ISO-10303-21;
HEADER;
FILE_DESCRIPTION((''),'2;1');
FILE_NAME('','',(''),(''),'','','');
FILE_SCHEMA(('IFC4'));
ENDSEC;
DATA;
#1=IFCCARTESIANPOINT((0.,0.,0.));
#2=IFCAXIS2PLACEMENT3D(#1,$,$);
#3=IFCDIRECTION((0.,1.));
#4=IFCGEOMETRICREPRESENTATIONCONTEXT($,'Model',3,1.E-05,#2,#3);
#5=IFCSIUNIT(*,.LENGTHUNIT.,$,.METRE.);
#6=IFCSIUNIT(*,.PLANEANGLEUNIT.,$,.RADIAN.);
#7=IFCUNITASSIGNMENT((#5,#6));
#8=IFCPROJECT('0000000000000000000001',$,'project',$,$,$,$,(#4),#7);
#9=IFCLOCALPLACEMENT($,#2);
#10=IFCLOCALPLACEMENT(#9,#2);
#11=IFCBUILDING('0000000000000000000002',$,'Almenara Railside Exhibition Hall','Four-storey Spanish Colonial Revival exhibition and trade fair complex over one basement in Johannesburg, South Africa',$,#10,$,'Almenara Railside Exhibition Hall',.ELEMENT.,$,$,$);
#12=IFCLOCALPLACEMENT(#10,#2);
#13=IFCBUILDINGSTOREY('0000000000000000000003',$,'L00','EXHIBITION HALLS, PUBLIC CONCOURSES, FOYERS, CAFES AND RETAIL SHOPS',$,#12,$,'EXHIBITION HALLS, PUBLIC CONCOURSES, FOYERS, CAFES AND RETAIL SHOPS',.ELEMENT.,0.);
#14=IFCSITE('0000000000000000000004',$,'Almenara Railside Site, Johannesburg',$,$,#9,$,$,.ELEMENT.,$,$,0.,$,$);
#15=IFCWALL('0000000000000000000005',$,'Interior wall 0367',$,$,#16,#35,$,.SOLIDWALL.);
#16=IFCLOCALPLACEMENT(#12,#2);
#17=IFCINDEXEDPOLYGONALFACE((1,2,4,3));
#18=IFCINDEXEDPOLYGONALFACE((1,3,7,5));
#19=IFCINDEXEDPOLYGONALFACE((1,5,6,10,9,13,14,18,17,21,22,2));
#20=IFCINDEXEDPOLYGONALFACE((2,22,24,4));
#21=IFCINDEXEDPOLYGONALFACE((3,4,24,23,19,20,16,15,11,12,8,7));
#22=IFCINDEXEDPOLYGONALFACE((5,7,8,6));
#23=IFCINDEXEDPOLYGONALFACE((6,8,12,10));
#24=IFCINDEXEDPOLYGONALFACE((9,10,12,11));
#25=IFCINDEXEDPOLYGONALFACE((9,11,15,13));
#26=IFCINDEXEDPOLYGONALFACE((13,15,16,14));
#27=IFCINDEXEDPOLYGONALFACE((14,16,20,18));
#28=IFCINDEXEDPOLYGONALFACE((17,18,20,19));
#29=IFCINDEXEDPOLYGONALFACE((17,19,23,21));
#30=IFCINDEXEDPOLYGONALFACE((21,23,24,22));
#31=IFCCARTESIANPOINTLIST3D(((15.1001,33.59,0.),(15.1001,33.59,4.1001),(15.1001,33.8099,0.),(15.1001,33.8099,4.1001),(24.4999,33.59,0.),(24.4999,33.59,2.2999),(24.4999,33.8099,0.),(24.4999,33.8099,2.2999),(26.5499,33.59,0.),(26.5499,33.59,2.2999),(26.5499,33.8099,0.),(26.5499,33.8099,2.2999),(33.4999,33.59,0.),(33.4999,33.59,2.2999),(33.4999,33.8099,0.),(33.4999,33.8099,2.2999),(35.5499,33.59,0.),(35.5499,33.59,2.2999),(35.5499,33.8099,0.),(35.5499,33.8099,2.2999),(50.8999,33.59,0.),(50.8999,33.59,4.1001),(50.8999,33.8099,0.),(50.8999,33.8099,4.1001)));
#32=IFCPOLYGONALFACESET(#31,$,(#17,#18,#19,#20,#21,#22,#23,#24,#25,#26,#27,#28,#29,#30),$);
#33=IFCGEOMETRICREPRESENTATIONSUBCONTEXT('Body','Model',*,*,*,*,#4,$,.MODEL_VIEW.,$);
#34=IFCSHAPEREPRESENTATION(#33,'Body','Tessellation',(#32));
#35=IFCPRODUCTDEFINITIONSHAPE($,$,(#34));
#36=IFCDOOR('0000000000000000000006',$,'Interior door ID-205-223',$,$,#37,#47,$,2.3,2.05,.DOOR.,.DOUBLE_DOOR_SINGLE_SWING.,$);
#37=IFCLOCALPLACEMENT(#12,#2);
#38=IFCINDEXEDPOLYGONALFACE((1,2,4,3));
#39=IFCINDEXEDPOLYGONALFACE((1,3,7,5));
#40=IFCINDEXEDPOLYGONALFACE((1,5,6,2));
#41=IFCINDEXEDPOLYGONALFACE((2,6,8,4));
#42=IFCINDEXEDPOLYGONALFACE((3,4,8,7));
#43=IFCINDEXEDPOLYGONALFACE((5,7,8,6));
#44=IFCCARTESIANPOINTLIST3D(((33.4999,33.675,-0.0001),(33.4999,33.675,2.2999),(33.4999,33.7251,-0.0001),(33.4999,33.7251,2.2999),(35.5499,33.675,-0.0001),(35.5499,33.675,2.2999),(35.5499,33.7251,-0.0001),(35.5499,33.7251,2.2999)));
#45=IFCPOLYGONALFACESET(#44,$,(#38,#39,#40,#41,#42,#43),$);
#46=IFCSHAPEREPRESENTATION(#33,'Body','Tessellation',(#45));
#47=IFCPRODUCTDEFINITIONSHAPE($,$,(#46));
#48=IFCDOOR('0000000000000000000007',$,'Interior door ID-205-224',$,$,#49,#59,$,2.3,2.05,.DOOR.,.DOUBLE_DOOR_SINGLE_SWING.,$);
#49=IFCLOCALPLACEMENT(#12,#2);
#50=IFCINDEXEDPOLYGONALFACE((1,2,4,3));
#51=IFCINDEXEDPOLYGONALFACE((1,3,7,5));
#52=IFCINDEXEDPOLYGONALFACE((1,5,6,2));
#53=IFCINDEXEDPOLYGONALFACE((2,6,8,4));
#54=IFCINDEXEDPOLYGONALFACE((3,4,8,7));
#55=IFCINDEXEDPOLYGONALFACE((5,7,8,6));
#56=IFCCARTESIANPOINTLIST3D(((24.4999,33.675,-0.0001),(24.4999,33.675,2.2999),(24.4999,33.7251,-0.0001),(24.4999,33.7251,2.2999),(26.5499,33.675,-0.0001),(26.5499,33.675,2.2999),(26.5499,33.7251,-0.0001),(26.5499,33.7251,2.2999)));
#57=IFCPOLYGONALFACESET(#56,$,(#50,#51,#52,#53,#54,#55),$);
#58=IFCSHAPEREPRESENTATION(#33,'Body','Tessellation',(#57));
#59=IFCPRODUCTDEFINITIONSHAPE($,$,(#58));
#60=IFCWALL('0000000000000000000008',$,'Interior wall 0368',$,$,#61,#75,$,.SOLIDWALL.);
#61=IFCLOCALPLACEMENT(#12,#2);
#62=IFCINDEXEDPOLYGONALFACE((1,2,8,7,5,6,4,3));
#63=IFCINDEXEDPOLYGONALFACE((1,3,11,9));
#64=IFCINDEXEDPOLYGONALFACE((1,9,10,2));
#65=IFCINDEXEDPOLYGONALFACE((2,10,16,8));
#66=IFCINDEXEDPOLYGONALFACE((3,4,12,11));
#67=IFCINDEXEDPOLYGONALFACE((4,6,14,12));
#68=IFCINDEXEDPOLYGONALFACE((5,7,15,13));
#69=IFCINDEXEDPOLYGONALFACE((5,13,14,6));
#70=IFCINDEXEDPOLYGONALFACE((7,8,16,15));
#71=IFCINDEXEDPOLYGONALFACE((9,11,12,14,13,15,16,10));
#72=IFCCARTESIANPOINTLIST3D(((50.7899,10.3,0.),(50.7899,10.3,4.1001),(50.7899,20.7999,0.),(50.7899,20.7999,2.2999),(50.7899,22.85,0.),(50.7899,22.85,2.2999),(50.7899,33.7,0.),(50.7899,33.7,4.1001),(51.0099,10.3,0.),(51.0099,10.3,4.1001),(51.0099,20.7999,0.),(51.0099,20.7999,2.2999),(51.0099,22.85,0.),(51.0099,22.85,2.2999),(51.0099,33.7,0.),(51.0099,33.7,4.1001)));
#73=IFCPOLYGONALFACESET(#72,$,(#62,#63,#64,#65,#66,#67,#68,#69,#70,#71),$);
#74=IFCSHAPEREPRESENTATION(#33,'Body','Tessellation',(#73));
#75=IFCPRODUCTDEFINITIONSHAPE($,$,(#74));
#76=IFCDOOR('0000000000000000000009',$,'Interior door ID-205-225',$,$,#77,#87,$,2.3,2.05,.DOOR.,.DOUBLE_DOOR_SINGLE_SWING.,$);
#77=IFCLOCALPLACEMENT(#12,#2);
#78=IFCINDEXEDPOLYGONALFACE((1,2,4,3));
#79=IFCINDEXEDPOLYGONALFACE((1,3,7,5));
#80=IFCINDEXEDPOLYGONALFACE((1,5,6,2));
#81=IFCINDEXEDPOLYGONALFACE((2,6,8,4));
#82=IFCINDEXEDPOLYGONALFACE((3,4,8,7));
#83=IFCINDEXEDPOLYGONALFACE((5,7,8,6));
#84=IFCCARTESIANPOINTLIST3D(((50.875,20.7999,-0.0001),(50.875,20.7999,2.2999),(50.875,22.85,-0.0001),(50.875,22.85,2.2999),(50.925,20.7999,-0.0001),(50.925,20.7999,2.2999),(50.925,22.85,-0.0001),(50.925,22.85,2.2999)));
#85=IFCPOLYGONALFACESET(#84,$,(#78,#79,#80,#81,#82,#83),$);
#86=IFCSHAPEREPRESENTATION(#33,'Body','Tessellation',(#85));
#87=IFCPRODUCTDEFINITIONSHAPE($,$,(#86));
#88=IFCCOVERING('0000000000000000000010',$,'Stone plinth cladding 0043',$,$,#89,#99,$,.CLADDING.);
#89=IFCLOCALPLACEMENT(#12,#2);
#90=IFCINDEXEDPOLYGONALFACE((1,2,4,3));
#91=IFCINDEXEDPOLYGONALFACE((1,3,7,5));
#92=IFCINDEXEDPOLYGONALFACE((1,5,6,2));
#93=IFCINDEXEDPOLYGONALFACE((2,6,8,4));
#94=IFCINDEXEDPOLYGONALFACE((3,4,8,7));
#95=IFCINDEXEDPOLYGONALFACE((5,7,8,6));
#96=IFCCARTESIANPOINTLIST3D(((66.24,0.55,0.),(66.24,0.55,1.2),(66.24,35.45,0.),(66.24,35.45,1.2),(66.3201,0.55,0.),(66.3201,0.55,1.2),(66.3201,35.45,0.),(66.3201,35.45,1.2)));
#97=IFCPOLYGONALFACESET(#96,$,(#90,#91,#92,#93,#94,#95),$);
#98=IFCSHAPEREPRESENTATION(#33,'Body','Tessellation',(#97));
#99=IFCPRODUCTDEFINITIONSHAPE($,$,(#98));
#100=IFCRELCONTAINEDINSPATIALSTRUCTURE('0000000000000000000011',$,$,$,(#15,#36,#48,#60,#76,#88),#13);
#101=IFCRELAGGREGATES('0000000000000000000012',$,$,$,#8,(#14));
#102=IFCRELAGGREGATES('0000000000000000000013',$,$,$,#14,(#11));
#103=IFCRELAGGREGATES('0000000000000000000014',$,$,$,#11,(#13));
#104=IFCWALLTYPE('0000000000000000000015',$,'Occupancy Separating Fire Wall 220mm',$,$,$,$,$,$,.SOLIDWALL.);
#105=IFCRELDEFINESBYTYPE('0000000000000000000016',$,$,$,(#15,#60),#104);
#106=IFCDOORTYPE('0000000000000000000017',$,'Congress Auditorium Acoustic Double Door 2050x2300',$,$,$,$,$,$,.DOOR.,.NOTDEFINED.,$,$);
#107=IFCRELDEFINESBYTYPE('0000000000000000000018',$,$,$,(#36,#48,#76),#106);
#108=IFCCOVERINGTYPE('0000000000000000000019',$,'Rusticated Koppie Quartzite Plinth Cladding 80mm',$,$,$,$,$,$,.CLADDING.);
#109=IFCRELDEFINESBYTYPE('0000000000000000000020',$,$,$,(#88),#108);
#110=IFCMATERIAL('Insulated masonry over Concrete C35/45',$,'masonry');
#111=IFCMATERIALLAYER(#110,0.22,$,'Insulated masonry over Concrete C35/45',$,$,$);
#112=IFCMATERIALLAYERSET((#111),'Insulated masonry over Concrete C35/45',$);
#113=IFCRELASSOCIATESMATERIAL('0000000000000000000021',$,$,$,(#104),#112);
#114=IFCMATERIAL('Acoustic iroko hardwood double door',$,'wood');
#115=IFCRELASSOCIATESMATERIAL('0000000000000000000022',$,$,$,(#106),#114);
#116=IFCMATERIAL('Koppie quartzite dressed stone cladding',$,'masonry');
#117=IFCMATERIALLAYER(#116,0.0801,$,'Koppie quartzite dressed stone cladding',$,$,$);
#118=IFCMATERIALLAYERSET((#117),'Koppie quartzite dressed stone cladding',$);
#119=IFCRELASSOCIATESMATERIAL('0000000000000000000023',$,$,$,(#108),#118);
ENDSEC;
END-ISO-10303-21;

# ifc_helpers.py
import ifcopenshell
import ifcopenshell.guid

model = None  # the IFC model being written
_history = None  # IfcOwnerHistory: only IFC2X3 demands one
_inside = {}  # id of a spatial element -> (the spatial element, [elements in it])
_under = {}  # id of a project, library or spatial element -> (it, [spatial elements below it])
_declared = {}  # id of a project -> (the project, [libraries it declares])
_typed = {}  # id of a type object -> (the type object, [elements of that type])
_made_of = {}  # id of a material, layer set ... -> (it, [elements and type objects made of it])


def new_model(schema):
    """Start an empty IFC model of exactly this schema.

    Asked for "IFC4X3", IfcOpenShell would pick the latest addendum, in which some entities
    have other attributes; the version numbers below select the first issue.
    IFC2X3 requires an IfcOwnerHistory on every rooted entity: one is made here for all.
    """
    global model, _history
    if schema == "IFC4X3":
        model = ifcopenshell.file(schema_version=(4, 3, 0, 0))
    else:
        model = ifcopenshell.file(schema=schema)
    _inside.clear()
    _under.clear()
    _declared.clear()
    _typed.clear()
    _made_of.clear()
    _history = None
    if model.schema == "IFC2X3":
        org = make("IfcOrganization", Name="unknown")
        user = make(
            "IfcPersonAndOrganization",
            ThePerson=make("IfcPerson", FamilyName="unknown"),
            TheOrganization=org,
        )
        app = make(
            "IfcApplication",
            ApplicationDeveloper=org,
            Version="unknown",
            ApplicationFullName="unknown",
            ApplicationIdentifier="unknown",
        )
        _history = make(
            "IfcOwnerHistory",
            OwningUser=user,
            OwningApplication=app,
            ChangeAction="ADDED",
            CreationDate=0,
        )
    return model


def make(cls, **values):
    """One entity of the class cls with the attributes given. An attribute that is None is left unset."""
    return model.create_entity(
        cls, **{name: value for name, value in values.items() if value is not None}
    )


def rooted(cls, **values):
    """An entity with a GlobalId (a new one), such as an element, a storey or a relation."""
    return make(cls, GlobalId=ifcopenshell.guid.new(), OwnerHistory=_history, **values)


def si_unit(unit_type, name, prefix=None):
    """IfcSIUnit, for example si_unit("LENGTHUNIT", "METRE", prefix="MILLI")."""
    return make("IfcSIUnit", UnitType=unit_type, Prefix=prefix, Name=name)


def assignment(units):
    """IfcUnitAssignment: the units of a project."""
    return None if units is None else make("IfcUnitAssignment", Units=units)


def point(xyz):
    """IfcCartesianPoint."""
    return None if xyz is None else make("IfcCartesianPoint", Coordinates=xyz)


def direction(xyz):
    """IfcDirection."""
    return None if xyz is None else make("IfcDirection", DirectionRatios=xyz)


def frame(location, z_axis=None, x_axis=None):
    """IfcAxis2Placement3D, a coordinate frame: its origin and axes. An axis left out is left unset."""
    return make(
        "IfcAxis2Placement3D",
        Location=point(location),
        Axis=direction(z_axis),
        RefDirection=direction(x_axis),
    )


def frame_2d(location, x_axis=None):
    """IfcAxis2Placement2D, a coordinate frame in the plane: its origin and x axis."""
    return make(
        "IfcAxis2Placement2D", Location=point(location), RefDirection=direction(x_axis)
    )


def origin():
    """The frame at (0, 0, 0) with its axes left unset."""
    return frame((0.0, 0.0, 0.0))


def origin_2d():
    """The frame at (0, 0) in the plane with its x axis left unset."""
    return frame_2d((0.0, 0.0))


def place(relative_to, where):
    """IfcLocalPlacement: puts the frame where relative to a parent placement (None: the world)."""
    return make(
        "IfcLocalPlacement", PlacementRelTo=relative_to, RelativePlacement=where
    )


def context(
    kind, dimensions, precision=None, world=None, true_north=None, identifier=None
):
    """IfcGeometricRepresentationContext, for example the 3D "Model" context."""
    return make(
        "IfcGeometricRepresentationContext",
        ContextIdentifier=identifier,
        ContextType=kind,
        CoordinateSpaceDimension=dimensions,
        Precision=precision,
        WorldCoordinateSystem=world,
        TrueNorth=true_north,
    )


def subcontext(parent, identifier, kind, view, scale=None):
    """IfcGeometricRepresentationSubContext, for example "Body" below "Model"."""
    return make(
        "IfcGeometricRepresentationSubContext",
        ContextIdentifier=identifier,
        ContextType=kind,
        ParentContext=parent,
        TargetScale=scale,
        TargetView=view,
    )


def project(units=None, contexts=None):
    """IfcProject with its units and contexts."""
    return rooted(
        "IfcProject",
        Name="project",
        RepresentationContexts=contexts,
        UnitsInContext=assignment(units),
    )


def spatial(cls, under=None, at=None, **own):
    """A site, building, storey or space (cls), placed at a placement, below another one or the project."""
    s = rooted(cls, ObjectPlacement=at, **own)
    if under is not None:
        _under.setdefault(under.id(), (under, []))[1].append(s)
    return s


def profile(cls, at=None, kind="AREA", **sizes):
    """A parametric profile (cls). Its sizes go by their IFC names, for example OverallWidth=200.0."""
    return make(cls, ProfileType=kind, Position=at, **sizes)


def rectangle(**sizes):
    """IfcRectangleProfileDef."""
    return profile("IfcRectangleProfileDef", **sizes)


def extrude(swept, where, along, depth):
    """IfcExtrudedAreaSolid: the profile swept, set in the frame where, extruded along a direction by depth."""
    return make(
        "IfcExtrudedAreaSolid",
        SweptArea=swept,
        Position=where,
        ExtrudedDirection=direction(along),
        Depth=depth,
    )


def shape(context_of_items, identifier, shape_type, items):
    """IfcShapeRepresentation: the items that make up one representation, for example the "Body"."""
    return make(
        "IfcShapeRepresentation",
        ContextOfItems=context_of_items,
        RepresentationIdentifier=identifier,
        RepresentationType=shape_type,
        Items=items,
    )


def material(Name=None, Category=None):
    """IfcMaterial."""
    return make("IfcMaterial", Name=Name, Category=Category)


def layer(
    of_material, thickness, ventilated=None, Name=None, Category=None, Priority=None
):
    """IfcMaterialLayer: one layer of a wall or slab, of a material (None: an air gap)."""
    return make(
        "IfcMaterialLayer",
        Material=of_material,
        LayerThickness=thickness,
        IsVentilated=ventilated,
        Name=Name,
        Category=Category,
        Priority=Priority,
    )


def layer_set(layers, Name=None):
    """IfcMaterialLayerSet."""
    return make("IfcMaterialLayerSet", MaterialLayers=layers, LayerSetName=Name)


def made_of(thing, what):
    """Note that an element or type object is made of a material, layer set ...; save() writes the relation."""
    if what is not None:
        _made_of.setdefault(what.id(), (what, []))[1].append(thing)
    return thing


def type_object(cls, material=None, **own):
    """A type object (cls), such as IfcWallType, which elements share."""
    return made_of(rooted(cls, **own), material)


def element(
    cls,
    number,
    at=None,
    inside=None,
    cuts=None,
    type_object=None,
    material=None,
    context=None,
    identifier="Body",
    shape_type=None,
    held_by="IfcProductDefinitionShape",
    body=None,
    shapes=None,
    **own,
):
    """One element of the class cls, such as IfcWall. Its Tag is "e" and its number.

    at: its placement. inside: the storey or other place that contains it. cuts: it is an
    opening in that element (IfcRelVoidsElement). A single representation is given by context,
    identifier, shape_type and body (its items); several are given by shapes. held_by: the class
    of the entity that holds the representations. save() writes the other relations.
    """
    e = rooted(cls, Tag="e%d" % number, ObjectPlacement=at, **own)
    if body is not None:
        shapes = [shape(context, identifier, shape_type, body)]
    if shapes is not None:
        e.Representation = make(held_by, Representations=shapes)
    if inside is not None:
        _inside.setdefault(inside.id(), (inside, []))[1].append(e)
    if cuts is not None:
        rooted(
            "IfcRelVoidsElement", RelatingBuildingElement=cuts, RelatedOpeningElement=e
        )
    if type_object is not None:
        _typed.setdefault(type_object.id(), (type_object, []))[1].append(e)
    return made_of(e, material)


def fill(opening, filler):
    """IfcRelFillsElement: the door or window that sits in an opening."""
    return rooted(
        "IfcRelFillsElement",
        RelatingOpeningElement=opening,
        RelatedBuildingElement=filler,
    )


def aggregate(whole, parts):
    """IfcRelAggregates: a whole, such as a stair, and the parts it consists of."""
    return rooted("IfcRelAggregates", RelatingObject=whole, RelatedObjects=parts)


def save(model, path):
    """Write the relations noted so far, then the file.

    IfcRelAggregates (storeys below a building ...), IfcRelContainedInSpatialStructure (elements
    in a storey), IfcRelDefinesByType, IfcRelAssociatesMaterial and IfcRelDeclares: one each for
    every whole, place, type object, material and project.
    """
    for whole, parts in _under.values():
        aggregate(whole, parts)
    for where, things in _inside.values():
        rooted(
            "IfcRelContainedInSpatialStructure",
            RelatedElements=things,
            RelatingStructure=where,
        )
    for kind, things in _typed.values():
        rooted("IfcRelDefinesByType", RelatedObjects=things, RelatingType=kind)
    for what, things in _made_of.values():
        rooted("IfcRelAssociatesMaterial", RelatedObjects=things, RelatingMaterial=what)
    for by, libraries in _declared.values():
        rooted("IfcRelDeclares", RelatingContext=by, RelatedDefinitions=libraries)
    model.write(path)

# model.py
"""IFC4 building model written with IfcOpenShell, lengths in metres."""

from ifc_helpers import new_model, si_unit, direction, frame, frame_2d, origin, origin_2d, place, context, subcontext, project, spatial, rectangle, extrude, material, layer, layer_set, type_object, element, fill, save


model = new_model("IFC4")

# Units and contexts
model_context = context("Model", 3, precision=1e-05, world=origin(), true_north=direction((0.0, 1.0)))
body_context = subcontext(model_context, "Body", "Model", "MODEL_VIEW")
ifc_project = project(units=[si_unit("LENGTHUNIT", "METRE"), si_unit("PLANEANGLEUNIT", "RADIAN")], contexts=[model_context])

# Site, building, storey
site_placement = place(None, origin())
site = spatial("IfcSite", under=ifc_project, at=site_placement, Name="Almenara Railside Site, Johannesburg", CompositionType="ELEMENT", RefElevation=0.0)
building_placement = place(site_placement, origin())
building = spatial("IfcBuilding", under=site, at=building_placement, Name="Almenara Railside Exhibition Hall", Description="Four-storey Spanish Colonial Revival exhibition and trade fair complex over one basement in Johannesburg, South Africa", LongName="Almenara Railside Exhibition Hall", CompositionType="ELEMENT")
storey_placement = place(building_placement, origin())
storey = spatial("IfcBuildingStorey", under=building, at=storey_placement, Name="L00", Description="EXHIBITION HALLS, PUBLIC CONCOURSES, FOYERS, CAFES AND RETAIL SHOPS", LongName="EXHIBITION HALLS, PUBLIC CONCOURSES, FOYERS, CAFES AND RETAIL SHOPS", CompositionType="ELEMENT", Elevation=0.0)

# Wall, openings, doors
ifc_material_1 = material(Name="Insulated masonry over Concrete C35/45", Category="masonry")
ifc_layer_1 = layer(ifc_material_1, 0.22, Name="Insulated masonry over Concrete C35/45")
ifc_layer_set_1 = layer_set([ifc_layer_1], Name="Insulated masonry over Concrete C35/45")
wall_type = type_object("IfcWallType", Name="Occupancy Separating Fire Wall 220mm", PredefinedType="SOLIDWALL", material=ifc_layer_set_1)
wall_1_placement = place(storey_placement, frame((50.8999, 33.7, 0.0), z_axis=(0.0, 0.0, 1.0), x_axis=(-1.0, 0.0, 0.0)))
wall_1 = element("IfcWall", 1, at=wall_1_placement, inside=storey, type_object=wall_type, Name="Interior wall 0367", PredefinedType="SOLIDWALL", context=body_context, shape_type="SweptSolid", body=[
    extrude(rectangle(XDim=35.7998, YDim=0.22, at=frame_2d((17.8999, 0.0))), origin(), (0.0, 0.0, 1.0), 4.1001),
])
opening_1_placement = place(wall_1_placement, frame((15.3501, 0.0, 0.0)))
opening_1 = element("IfcOpeningElement", 2, at=opening_1_placement, cuts=wall_1, PredefinedType="OPENING", context=body_context, shape_type="SweptSolid", body=[
    extrude(rectangle(XDim=2.05, YDim=2.3, at=frame_2d((1.0249, 1.1499))), frame((0.0, 0.1199, 0.0), z_axis=(0.0, -1.0, 0.0), x_axis=(1.0, 0.0, 0.0)), (0.0, 0.0, 1.0), 0.24),
])
opening_2_placement = place(wall_1_placement, frame((24.3501, 0.0, 0.0)))
opening_2 = element("IfcOpeningElement", 3, at=opening_2_placement, cuts=wall_1, PredefinedType="OPENING", context=body_context, shape_type="SweptSolid", body=[
    extrude(rectangle(XDim=2.05, YDim=2.3, at=frame_2d((1.0249, 1.1499))), frame((0.0, 0.1199, 0.0), z_axis=(0.0, -1.0, 0.0), x_axis=(1.0, 0.0, 0.0)), (0.0, 0.0, 1.0), 0.24),
])
ifc_material_2 = material(Name="Acoustic iroko hardwood double door", Category="wood")
door_type = type_object("IfcDoorType", Name="Congress Auditorium Acoustic Double Door 2050x2300", OperationType="NOTDEFINED", PredefinedType="DOOR", material=ifc_material_2)
door_1_placement = place(opening_1_placement, origin())
door_1 = element("IfcDoor", 4, at=door_1_placement, inside=storey, type_object=door_type, Name="Interior door ID-205-223", OperationType="DOUBLE_DOOR_SINGLE_SWING", OverallHeight=2.3, OverallWidth=2.05, PredefinedType="DOOR", context=body_context, shape_type="SweptSolid", body=[
    extrude(rectangle(XDim=2.05, YDim=2.3, at=frame_2d((1.0249, 1.1499))), frame((0.0, 0.0249, 0.0), z_axis=(0.0, -1.0, 0.0), x_axis=(1.0, 0.0, 0.0)), (0.0, 0.0, 1.0), 0.05),
])
fill(opening_1, door_1)
door_2_placement = place(opening_2_placement, origin())
door_2 = element("IfcDoor", 5, at=door_2_placement, inside=storey, type_object=door_type, Name="Interior door ID-205-224", OperationType="DOUBLE_DOOR_SINGLE_SWING", OverallHeight=2.3, OverallWidth=2.05, PredefinedType="DOOR", context=body_context, shape_type="SweptSolid", body=[
    extrude(rectangle(XDim=2.05, YDim=2.3, at=frame_2d((1.0249, 1.1499))), frame((0.0, 0.0249, 0.0), z_axis=(0.0, -1.0, 0.0), x_axis=(1.0, 0.0, 0.0)), (0.0, 0.0, 1.0), 0.05),
])
fill(opening_2, door_2)

# Wall, opening, door
wall_2_placement = place(storey_placement, frame((50.8999, 10.3, 0.0), z_axis=(0.0, 0.0, 1.0), x_axis=(0.0, 1.0, 0.0)))
wall_2 = element("IfcWall", 6, at=wall_2_placement, inside=storey, type_object=wall_type, Name="Interior wall 0368", PredefinedType="SOLIDWALL", context=body_context, shape_type="SweptSolid", body=[
    extrude(rectangle(XDim=23.3999, YDim=0.22, at=frame_2d((11.7, 0.0))), origin(), (0.0, 0.0, 1.0), 4.1001),
])
opening_3_placement = place(wall_2_placement, frame((10.5, 0.0, 0.0)))
opening_3 = element("IfcOpeningElement", 7, at=opening_3_placement, cuts=wall_2, PredefinedType="OPENING", context=body_context, shape_type="SweptSolid", body=[
    extrude(rectangle(XDim=2.05, YDim=2.3, at=frame_2d((1.0249, 1.1499))), frame((0.0, 0.1199, 0.0), z_axis=(0.0, -1.0, 0.0), x_axis=(1.0, 0.0, 0.0)), (0.0, 0.0, 1.0), 0.24),
])
door_3_placement = place(opening_3_placement, origin())
door_3 = element("IfcDoor", 8, at=door_3_placement, inside=storey, type_object=door_type, Name="Interior door ID-205-225", OperationType="DOUBLE_DOOR_SINGLE_SWING", OverallHeight=2.3, OverallWidth=2.05, PredefinedType="DOOR", context=body_context, shape_type="SweptSolid", body=[
    extrude(rectangle(XDim=2.05, YDim=2.3, at=frame_2d((1.0249, 1.1499))), frame((0.0, 0.0249, 0.0), z_axis=(0.0, -1.0, 0.0), x_axis=(1.0, 0.0, 0.0)), (0.0, 0.0, 1.0), 0.05),
])
fill(opening_3, door_3)

# Covering
ifc_material_3 = material(Name="Koppie quartzite dressed stone cladding", Category="masonry")
ifc_layer_2 = layer(ifc_material_3, 0.0801, Name="Koppie quartzite dressed stone cladding")
ifc_layer_set_2 = layer_set([ifc_layer_2], Name="Koppie quartzite dressed stone cladding")
covering_type = type_object("IfcCoveringType", Name="Rusticated Koppie Quartzite Plinth Cladding 80mm", PredefinedType="CLADDING", material=ifc_layer_set_2)
covering_placement = place(storey_placement, frame((66.28, 18.0, 0.0), z_axis=(0.0, 0.0, 1.0), x_axis=(0.0, 1.0, 0.0)))
element("IfcCovering", 9, at=covering_placement, inside=storey, type_object=covering_type, Name="Stone plinth cladding 0043", PredefinedType="CLADDING", context=body_context, shape_type="SweptSolid", body=[
    extrude(rectangle(XDim=34.8999, YDim=0.0801, at=origin_2d()), origin(), (0.0, 0.0, 1.0), 1.2),
])

save(model, "model.ifc")
